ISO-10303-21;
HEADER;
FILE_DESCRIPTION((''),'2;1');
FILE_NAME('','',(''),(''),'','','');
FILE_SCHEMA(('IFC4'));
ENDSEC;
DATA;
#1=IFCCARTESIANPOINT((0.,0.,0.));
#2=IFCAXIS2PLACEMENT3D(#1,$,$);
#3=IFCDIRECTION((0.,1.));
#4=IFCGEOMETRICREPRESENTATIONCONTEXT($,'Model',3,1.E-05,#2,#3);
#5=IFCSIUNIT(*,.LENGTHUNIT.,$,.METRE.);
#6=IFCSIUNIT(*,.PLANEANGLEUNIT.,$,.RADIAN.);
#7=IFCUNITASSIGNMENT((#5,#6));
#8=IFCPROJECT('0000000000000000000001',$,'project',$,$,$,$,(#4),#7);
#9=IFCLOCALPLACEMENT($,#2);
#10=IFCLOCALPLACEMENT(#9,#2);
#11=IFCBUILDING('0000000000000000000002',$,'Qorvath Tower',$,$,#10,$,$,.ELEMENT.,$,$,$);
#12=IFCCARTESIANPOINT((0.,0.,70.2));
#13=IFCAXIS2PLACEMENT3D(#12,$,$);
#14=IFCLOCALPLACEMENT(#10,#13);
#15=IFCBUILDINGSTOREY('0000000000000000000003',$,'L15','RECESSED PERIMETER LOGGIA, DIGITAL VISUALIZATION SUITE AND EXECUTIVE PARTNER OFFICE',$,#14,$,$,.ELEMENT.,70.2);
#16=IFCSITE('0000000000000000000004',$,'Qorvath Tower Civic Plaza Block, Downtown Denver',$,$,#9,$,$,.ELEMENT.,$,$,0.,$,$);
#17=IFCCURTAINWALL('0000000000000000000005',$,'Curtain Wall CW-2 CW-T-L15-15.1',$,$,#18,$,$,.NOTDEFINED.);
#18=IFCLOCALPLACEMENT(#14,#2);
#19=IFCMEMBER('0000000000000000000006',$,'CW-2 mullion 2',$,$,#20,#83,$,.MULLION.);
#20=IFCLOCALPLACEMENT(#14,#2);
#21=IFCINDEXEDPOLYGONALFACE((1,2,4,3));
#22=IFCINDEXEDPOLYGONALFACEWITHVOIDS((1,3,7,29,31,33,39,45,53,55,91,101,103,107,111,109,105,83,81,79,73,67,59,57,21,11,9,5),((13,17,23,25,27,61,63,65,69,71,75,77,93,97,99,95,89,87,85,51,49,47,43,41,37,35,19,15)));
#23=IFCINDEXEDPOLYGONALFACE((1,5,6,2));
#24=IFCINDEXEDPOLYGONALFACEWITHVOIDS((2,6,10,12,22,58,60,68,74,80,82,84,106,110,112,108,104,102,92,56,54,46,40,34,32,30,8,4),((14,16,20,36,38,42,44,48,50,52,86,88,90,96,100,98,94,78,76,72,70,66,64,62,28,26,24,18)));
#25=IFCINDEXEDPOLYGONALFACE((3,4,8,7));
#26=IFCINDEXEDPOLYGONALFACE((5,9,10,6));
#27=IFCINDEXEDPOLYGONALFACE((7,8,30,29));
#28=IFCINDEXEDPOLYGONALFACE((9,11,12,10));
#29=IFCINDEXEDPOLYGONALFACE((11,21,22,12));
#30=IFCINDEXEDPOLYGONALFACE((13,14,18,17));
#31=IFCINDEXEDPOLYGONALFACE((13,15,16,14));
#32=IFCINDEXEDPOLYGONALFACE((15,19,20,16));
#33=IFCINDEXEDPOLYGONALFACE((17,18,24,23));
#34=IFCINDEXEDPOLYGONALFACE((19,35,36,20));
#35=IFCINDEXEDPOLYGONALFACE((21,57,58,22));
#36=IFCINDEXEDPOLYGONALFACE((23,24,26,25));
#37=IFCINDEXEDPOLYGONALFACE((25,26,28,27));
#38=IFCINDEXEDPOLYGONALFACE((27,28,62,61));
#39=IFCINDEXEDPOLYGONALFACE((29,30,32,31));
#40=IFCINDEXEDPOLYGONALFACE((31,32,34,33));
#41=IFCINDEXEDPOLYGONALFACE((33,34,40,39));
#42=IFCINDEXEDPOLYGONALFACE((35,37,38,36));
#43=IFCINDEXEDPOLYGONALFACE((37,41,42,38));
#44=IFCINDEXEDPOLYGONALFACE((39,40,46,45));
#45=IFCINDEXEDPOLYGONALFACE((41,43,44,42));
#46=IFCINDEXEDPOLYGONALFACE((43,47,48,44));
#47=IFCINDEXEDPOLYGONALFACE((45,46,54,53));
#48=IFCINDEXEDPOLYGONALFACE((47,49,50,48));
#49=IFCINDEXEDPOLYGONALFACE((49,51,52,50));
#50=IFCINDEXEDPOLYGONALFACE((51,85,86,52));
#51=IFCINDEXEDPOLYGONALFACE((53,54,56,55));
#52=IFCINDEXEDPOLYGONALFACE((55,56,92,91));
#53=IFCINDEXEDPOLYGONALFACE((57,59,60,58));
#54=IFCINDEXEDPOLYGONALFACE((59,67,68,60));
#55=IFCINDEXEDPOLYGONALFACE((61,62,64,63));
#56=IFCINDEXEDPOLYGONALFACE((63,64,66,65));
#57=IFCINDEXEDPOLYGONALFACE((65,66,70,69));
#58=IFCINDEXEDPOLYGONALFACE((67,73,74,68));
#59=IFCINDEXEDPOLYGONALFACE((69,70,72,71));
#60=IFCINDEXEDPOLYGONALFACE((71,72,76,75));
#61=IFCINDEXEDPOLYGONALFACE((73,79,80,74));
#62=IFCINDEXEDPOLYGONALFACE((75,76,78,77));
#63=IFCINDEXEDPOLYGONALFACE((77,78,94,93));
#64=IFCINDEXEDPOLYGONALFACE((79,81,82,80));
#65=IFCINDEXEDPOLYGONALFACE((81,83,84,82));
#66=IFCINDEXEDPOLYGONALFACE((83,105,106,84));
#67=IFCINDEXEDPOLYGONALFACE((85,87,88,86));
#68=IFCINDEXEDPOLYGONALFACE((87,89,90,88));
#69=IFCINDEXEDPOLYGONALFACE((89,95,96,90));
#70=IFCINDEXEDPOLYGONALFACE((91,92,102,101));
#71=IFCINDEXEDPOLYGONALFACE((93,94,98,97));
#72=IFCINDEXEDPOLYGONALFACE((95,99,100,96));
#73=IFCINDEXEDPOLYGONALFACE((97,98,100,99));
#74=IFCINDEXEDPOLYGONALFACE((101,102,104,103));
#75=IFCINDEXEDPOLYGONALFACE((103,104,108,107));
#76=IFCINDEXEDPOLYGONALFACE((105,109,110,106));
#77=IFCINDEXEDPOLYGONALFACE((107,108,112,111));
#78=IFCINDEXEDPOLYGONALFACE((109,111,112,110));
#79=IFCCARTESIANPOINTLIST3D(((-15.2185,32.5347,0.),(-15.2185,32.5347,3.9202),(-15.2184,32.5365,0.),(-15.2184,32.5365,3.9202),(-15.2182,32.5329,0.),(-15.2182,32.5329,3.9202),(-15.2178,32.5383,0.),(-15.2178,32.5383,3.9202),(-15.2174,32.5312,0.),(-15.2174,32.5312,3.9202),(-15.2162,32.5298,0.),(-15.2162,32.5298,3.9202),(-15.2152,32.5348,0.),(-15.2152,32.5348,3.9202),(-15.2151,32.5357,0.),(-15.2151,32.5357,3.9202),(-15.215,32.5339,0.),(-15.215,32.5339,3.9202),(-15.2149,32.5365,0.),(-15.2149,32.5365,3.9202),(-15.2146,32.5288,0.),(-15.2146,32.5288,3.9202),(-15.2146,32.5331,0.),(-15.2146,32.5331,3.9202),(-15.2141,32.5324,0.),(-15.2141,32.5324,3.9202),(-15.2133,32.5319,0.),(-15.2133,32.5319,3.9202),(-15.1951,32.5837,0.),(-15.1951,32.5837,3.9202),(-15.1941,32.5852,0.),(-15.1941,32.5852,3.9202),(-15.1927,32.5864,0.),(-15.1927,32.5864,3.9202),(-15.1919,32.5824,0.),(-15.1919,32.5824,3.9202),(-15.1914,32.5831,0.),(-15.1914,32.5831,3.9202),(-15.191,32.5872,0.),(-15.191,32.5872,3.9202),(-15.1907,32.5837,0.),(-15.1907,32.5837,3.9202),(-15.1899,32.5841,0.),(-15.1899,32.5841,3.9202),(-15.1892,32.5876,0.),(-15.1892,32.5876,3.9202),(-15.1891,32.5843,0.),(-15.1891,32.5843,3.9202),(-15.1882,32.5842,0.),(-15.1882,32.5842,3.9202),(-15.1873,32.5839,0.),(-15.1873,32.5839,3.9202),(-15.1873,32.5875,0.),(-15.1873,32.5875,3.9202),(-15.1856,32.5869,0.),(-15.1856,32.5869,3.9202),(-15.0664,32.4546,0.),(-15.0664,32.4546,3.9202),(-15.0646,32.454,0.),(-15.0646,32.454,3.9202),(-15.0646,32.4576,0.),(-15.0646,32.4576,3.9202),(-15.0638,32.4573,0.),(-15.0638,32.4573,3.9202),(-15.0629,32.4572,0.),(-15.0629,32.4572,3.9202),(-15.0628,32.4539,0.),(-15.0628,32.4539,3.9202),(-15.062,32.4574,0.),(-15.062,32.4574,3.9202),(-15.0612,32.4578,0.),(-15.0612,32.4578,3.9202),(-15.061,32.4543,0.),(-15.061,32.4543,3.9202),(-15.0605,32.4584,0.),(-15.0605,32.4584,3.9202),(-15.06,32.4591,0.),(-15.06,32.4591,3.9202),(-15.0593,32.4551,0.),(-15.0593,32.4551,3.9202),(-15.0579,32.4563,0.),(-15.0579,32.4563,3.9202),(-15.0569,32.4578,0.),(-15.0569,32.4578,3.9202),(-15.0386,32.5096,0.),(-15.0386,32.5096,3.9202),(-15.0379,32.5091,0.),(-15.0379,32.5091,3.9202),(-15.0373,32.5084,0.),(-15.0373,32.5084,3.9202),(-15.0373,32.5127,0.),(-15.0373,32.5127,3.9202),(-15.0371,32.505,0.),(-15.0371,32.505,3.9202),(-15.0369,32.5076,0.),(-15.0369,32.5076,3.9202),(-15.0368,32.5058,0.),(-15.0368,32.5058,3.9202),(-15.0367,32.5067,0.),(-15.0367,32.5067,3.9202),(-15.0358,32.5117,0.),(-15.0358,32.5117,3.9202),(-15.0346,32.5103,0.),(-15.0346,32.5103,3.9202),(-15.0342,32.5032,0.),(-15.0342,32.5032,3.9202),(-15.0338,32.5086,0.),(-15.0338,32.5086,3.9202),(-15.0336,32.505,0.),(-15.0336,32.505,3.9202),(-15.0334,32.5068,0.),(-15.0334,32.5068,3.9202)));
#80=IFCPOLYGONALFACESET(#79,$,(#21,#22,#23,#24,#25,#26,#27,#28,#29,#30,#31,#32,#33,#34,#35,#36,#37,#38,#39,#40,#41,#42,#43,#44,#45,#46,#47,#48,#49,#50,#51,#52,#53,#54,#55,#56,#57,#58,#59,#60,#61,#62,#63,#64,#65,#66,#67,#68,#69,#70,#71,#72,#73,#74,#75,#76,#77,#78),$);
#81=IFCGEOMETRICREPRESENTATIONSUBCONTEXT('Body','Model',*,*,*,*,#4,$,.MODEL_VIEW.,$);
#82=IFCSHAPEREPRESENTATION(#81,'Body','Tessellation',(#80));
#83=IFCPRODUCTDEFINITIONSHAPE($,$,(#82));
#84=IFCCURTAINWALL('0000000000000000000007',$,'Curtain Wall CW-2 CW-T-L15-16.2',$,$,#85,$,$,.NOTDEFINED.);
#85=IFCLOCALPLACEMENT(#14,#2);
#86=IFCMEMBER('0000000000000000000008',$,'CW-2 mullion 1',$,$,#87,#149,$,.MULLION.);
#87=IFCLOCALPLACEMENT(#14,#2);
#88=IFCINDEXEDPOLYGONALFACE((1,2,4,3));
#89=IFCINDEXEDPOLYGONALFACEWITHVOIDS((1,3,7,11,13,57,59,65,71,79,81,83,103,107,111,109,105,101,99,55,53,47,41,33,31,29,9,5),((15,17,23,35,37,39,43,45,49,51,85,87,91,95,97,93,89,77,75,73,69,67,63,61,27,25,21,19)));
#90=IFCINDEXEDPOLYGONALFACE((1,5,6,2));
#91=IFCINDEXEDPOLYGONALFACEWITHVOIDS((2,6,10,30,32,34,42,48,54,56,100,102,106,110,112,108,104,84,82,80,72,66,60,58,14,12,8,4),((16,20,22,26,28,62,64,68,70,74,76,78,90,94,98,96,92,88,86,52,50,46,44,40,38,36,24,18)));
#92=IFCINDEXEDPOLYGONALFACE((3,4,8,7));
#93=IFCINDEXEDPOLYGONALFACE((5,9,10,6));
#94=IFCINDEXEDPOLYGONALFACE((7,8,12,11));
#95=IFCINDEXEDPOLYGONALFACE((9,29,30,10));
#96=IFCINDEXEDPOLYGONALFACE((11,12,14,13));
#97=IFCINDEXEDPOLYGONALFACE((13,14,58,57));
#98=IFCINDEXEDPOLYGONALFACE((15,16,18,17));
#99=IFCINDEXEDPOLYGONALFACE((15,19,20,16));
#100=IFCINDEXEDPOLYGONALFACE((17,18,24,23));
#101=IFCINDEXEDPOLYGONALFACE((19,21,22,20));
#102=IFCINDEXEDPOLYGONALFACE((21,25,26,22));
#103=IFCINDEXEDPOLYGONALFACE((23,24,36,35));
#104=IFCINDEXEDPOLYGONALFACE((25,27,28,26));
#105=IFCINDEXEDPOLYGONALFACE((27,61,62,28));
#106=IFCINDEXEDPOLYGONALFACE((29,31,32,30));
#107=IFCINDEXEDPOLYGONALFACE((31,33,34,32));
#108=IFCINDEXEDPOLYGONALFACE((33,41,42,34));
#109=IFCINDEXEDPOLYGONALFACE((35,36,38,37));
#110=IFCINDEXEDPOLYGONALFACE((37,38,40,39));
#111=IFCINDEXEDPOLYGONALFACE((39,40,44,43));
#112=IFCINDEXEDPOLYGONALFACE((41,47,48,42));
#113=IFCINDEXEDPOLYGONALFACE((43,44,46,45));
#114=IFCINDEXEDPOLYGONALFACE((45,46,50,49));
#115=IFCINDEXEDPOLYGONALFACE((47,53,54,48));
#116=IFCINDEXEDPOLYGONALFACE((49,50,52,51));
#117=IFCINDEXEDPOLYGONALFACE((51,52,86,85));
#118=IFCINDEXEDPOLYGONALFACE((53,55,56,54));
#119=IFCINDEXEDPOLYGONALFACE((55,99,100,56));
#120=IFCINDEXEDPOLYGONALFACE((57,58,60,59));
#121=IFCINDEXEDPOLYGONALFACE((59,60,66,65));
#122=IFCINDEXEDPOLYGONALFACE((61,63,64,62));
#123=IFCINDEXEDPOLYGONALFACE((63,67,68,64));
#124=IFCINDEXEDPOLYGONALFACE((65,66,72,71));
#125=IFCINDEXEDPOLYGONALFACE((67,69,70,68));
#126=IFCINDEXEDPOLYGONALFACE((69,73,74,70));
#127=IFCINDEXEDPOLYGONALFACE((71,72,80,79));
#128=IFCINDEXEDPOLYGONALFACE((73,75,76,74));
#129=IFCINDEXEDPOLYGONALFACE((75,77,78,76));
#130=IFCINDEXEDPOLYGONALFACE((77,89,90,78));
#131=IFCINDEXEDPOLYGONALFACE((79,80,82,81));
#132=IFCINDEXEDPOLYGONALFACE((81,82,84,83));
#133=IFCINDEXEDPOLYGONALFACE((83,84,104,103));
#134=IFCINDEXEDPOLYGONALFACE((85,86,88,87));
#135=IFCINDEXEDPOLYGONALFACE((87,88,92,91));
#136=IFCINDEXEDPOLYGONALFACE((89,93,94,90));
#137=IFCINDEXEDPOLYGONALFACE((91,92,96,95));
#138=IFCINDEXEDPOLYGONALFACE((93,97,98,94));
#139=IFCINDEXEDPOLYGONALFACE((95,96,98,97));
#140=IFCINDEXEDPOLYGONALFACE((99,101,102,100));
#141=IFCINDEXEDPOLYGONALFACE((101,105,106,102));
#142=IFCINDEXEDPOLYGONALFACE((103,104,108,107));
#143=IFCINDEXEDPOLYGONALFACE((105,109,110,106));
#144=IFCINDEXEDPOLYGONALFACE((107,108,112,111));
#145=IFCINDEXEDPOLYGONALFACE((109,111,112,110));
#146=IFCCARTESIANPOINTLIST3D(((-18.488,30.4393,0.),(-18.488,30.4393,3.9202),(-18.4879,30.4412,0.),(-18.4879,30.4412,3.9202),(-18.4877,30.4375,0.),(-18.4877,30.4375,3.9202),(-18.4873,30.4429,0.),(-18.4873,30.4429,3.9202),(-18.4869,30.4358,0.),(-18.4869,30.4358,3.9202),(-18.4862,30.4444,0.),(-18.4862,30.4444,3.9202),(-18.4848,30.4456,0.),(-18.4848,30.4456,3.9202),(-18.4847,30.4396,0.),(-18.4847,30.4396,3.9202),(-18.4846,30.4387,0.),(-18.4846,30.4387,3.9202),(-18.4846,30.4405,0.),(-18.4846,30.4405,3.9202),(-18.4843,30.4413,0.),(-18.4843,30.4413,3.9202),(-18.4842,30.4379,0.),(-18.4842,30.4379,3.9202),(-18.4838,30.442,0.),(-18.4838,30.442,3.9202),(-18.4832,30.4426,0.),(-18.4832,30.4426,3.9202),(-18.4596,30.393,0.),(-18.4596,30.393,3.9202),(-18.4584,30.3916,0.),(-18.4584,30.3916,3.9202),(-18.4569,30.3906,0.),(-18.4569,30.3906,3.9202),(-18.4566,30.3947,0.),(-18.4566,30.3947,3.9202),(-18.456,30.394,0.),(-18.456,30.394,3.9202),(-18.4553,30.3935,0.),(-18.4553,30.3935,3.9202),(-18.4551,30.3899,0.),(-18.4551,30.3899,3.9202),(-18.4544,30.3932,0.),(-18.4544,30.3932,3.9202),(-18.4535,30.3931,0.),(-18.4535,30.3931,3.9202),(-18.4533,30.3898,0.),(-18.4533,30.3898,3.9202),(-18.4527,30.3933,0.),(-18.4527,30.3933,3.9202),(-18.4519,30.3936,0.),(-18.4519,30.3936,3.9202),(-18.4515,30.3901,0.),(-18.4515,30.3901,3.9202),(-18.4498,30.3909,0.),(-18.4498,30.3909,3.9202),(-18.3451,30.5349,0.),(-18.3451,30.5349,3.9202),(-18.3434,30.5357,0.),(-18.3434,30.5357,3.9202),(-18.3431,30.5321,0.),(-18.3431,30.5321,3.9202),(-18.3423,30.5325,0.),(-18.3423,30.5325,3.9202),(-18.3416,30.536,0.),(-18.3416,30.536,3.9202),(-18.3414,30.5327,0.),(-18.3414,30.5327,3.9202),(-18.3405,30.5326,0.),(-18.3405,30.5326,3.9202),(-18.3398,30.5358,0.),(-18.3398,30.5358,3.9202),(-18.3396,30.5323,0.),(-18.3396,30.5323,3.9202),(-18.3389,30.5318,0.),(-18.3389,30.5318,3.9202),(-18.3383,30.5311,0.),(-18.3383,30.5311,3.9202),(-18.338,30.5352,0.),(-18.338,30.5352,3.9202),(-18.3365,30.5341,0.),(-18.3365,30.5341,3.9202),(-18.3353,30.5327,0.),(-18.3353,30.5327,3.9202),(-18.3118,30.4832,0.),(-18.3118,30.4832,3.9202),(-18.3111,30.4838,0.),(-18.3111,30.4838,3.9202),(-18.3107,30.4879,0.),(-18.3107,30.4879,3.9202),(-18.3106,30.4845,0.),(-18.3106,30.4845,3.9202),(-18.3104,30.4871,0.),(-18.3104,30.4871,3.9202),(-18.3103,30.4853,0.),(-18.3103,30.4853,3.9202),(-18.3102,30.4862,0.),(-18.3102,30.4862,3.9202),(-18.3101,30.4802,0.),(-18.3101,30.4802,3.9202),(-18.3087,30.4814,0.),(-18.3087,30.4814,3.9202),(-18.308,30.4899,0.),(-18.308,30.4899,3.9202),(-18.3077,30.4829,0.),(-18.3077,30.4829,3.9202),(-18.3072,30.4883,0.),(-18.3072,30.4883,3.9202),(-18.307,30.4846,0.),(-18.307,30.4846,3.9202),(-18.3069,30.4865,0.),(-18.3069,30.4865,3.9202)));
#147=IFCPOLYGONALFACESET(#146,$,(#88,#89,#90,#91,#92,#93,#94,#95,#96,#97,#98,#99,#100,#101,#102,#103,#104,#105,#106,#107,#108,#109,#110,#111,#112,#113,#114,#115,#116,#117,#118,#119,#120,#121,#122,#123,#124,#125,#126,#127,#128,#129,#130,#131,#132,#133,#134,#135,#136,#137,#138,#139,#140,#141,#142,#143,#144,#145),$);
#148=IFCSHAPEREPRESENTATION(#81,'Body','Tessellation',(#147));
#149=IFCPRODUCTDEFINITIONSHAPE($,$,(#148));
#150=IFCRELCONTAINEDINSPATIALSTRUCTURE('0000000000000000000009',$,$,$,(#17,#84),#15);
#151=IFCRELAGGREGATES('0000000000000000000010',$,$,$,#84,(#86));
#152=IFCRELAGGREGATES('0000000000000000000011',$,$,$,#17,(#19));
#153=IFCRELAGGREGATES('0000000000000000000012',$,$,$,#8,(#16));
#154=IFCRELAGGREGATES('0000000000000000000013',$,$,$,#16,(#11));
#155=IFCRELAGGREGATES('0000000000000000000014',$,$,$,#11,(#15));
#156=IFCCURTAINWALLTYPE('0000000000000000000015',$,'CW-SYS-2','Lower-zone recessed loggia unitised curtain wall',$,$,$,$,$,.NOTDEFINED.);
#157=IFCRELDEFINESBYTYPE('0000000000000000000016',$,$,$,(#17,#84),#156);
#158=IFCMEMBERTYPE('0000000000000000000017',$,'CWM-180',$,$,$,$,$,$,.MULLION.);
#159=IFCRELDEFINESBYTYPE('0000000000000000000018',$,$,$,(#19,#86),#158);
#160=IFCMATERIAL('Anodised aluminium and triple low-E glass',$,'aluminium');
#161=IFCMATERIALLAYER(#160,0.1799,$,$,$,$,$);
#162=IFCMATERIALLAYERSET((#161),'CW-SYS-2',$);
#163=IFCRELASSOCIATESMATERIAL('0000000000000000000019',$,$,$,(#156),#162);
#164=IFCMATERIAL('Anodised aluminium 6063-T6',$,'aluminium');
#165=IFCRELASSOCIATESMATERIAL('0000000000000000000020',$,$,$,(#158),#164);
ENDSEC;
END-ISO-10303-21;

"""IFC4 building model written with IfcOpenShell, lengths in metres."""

from ifc_helpers import new_model, si_unit, direction, frame, origin, origin_2d, place, context, subcontext, project, spatial, hollow_rectangle, extrude, material, layer, layer_set, material_profile, profile_set, type_object, element, aggregate, save


model = new_model("IFC4")

# Units and contexts
model_context = context("Model", 3, precision=1e-05, world=origin(), true_north=direction((0.0, 1.0)))
body_context = subcontext(model_context, "Body", "Model", "MODEL_VIEW")
ifc_project = project(units=[si_unit("LENGTHUNIT", "METRE"), si_unit("PLANEANGLEUNIT", "RADIAN")], contexts=[model_context])

# Site, building, storey
site_placement = place(None, origin())
site = spatial("IfcSite", under=ifc_project, at=site_placement, Name="Qorvath Tower Civic Plaza Block, Downtown Denver", CompositionType="ELEMENT", RefElevation=0.0)
building_placement = place(site_placement, origin())
building = spatial("IfcBuilding", under=site, at=building_placement, Name="Qorvath Tower", CompositionType="ELEMENT")
storey_placement = place(building_placement, frame((0.0, 0.0, 70.2)))
storey = spatial("IfcBuildingStorey", under=building, at=storey_placement, Name="L15", Description="RECESSED PERIMETER LOGGIA, DIGITAL VISUALIZATION SUITE AND EXECUTIVE PARTNER OFFICE", CompositionType="ELEMENT", Elevation=70.2)

# Shared definitions
ifc_material_1 = material(Name="Anodised aluminium and triple low-E glass", Category="aluminium")
ifc_layer_1 = layer(ifc_material_1, 0.1799)
ifc_layer_set_1 = layer_set([ifc_layer_1], Name="CW-SYS-2")
curtain_wall_type = type_object("IfcCurtainWallType", Name="CW-SYS-2", Description="Lower-zone recessed loggia unitised curtain wall", PredefinedType="NOTDEFINED", material=ifc_layer_set_1)
ifc_material_2 = material(Name="Anodised aluminium 6063-T6", Category="aluminium")
ifc_material_profile_1 = material_profile(ifc_material_2, hollow_rectangle(XDim=0.0649, YDim=0.1799, WallThickness=0.0034, InnerFilletRadius=0.0034, OuterFilletRadius=0.0071, at=origin_2d()), Name="CWM 180x65")
ifc_profile_set_1 = profile_set([ifc_material_profile_1], Name="Anodised aluminium 6063-T6")
member_type_1 = type_object("IfcMemberType", Name="CWM-180", PredefinedType="MULLION", material=ifc_profile_set_1)

# Curtain wall, member
curtain_wall_1_placement = place(storey_placement, origin())
curtain_wall_1 = element("IfcCurtainWall", 1, at=curtain_wall_1_placement, inside=storey, type_object=curtain_wall_type, Name="Curtain Wall CW-2 CW-T-L15-15.1", PredefinedType="NOTDEFINED")
member_1_placement = place(storey_placement, frame((-15.126, 32.5208, 0.0), z_axis=(0.0, 0.0, 1.0), x_axis=(-0.447221, -0.894423, 0.0)))
member_1 = element("IfcMember", 2, at=member_1_placement, type_object=member_type_1, Name="CW-2 mullion 2", PredefinedType="MULLION", context=body_context, shape_type="SweptSolid", body=[
    extrude(hollow_rectangle(XDim=0.0649, YDim=0.1799, WallThickness=0.0034, InnerFilletRadius=0.0034, OuterFilletRadius=0.0071, at=origin_2d()), origin(), (0.0, 0.0, 1.0), 3.9202),
])

# Curtain wall, member
curtain_wall_2_placement = place(storey_placement, origin())
curtain_wall_2 = element("IfcCurtainWall", 3, at=curtain_wall_2_placement, inside=storey, type_object=curtain_wall_type, Name="Curtain Wall CW-2 CW-T-L15-16.2", PredefinedType="NOTDEFINED")
member_2_placement = place(storey_placement, frame((-18.3975, 30.4629, 0.0), z_axis=(0.0, 0.0, 1.0), x_axis=(0.538542, -0.842599, 0.0)))
member_2 = element("IfcMember", 4, at=member_2_placement, type_object=member_type_1, Name="CW-2 mullion 1", PredefinedType="MULLION", context=body_context, shape_type="SweptSolid", body=[
    extrude(hollow_rectangle(XDim=0.0649, YDim=0.1799, WallThickness=0.0034, InnerFilletRadius=0.0034, OuterFilletRadius=0.0071, at=origin_2d()), origin(), (0.0, 0.0, 1.0), 3.9202),
])

aggregate(curtain_wall_2, [member_2])

aggregate(curtain_wall_1, [member_1])

save(model, "model.ifc")
